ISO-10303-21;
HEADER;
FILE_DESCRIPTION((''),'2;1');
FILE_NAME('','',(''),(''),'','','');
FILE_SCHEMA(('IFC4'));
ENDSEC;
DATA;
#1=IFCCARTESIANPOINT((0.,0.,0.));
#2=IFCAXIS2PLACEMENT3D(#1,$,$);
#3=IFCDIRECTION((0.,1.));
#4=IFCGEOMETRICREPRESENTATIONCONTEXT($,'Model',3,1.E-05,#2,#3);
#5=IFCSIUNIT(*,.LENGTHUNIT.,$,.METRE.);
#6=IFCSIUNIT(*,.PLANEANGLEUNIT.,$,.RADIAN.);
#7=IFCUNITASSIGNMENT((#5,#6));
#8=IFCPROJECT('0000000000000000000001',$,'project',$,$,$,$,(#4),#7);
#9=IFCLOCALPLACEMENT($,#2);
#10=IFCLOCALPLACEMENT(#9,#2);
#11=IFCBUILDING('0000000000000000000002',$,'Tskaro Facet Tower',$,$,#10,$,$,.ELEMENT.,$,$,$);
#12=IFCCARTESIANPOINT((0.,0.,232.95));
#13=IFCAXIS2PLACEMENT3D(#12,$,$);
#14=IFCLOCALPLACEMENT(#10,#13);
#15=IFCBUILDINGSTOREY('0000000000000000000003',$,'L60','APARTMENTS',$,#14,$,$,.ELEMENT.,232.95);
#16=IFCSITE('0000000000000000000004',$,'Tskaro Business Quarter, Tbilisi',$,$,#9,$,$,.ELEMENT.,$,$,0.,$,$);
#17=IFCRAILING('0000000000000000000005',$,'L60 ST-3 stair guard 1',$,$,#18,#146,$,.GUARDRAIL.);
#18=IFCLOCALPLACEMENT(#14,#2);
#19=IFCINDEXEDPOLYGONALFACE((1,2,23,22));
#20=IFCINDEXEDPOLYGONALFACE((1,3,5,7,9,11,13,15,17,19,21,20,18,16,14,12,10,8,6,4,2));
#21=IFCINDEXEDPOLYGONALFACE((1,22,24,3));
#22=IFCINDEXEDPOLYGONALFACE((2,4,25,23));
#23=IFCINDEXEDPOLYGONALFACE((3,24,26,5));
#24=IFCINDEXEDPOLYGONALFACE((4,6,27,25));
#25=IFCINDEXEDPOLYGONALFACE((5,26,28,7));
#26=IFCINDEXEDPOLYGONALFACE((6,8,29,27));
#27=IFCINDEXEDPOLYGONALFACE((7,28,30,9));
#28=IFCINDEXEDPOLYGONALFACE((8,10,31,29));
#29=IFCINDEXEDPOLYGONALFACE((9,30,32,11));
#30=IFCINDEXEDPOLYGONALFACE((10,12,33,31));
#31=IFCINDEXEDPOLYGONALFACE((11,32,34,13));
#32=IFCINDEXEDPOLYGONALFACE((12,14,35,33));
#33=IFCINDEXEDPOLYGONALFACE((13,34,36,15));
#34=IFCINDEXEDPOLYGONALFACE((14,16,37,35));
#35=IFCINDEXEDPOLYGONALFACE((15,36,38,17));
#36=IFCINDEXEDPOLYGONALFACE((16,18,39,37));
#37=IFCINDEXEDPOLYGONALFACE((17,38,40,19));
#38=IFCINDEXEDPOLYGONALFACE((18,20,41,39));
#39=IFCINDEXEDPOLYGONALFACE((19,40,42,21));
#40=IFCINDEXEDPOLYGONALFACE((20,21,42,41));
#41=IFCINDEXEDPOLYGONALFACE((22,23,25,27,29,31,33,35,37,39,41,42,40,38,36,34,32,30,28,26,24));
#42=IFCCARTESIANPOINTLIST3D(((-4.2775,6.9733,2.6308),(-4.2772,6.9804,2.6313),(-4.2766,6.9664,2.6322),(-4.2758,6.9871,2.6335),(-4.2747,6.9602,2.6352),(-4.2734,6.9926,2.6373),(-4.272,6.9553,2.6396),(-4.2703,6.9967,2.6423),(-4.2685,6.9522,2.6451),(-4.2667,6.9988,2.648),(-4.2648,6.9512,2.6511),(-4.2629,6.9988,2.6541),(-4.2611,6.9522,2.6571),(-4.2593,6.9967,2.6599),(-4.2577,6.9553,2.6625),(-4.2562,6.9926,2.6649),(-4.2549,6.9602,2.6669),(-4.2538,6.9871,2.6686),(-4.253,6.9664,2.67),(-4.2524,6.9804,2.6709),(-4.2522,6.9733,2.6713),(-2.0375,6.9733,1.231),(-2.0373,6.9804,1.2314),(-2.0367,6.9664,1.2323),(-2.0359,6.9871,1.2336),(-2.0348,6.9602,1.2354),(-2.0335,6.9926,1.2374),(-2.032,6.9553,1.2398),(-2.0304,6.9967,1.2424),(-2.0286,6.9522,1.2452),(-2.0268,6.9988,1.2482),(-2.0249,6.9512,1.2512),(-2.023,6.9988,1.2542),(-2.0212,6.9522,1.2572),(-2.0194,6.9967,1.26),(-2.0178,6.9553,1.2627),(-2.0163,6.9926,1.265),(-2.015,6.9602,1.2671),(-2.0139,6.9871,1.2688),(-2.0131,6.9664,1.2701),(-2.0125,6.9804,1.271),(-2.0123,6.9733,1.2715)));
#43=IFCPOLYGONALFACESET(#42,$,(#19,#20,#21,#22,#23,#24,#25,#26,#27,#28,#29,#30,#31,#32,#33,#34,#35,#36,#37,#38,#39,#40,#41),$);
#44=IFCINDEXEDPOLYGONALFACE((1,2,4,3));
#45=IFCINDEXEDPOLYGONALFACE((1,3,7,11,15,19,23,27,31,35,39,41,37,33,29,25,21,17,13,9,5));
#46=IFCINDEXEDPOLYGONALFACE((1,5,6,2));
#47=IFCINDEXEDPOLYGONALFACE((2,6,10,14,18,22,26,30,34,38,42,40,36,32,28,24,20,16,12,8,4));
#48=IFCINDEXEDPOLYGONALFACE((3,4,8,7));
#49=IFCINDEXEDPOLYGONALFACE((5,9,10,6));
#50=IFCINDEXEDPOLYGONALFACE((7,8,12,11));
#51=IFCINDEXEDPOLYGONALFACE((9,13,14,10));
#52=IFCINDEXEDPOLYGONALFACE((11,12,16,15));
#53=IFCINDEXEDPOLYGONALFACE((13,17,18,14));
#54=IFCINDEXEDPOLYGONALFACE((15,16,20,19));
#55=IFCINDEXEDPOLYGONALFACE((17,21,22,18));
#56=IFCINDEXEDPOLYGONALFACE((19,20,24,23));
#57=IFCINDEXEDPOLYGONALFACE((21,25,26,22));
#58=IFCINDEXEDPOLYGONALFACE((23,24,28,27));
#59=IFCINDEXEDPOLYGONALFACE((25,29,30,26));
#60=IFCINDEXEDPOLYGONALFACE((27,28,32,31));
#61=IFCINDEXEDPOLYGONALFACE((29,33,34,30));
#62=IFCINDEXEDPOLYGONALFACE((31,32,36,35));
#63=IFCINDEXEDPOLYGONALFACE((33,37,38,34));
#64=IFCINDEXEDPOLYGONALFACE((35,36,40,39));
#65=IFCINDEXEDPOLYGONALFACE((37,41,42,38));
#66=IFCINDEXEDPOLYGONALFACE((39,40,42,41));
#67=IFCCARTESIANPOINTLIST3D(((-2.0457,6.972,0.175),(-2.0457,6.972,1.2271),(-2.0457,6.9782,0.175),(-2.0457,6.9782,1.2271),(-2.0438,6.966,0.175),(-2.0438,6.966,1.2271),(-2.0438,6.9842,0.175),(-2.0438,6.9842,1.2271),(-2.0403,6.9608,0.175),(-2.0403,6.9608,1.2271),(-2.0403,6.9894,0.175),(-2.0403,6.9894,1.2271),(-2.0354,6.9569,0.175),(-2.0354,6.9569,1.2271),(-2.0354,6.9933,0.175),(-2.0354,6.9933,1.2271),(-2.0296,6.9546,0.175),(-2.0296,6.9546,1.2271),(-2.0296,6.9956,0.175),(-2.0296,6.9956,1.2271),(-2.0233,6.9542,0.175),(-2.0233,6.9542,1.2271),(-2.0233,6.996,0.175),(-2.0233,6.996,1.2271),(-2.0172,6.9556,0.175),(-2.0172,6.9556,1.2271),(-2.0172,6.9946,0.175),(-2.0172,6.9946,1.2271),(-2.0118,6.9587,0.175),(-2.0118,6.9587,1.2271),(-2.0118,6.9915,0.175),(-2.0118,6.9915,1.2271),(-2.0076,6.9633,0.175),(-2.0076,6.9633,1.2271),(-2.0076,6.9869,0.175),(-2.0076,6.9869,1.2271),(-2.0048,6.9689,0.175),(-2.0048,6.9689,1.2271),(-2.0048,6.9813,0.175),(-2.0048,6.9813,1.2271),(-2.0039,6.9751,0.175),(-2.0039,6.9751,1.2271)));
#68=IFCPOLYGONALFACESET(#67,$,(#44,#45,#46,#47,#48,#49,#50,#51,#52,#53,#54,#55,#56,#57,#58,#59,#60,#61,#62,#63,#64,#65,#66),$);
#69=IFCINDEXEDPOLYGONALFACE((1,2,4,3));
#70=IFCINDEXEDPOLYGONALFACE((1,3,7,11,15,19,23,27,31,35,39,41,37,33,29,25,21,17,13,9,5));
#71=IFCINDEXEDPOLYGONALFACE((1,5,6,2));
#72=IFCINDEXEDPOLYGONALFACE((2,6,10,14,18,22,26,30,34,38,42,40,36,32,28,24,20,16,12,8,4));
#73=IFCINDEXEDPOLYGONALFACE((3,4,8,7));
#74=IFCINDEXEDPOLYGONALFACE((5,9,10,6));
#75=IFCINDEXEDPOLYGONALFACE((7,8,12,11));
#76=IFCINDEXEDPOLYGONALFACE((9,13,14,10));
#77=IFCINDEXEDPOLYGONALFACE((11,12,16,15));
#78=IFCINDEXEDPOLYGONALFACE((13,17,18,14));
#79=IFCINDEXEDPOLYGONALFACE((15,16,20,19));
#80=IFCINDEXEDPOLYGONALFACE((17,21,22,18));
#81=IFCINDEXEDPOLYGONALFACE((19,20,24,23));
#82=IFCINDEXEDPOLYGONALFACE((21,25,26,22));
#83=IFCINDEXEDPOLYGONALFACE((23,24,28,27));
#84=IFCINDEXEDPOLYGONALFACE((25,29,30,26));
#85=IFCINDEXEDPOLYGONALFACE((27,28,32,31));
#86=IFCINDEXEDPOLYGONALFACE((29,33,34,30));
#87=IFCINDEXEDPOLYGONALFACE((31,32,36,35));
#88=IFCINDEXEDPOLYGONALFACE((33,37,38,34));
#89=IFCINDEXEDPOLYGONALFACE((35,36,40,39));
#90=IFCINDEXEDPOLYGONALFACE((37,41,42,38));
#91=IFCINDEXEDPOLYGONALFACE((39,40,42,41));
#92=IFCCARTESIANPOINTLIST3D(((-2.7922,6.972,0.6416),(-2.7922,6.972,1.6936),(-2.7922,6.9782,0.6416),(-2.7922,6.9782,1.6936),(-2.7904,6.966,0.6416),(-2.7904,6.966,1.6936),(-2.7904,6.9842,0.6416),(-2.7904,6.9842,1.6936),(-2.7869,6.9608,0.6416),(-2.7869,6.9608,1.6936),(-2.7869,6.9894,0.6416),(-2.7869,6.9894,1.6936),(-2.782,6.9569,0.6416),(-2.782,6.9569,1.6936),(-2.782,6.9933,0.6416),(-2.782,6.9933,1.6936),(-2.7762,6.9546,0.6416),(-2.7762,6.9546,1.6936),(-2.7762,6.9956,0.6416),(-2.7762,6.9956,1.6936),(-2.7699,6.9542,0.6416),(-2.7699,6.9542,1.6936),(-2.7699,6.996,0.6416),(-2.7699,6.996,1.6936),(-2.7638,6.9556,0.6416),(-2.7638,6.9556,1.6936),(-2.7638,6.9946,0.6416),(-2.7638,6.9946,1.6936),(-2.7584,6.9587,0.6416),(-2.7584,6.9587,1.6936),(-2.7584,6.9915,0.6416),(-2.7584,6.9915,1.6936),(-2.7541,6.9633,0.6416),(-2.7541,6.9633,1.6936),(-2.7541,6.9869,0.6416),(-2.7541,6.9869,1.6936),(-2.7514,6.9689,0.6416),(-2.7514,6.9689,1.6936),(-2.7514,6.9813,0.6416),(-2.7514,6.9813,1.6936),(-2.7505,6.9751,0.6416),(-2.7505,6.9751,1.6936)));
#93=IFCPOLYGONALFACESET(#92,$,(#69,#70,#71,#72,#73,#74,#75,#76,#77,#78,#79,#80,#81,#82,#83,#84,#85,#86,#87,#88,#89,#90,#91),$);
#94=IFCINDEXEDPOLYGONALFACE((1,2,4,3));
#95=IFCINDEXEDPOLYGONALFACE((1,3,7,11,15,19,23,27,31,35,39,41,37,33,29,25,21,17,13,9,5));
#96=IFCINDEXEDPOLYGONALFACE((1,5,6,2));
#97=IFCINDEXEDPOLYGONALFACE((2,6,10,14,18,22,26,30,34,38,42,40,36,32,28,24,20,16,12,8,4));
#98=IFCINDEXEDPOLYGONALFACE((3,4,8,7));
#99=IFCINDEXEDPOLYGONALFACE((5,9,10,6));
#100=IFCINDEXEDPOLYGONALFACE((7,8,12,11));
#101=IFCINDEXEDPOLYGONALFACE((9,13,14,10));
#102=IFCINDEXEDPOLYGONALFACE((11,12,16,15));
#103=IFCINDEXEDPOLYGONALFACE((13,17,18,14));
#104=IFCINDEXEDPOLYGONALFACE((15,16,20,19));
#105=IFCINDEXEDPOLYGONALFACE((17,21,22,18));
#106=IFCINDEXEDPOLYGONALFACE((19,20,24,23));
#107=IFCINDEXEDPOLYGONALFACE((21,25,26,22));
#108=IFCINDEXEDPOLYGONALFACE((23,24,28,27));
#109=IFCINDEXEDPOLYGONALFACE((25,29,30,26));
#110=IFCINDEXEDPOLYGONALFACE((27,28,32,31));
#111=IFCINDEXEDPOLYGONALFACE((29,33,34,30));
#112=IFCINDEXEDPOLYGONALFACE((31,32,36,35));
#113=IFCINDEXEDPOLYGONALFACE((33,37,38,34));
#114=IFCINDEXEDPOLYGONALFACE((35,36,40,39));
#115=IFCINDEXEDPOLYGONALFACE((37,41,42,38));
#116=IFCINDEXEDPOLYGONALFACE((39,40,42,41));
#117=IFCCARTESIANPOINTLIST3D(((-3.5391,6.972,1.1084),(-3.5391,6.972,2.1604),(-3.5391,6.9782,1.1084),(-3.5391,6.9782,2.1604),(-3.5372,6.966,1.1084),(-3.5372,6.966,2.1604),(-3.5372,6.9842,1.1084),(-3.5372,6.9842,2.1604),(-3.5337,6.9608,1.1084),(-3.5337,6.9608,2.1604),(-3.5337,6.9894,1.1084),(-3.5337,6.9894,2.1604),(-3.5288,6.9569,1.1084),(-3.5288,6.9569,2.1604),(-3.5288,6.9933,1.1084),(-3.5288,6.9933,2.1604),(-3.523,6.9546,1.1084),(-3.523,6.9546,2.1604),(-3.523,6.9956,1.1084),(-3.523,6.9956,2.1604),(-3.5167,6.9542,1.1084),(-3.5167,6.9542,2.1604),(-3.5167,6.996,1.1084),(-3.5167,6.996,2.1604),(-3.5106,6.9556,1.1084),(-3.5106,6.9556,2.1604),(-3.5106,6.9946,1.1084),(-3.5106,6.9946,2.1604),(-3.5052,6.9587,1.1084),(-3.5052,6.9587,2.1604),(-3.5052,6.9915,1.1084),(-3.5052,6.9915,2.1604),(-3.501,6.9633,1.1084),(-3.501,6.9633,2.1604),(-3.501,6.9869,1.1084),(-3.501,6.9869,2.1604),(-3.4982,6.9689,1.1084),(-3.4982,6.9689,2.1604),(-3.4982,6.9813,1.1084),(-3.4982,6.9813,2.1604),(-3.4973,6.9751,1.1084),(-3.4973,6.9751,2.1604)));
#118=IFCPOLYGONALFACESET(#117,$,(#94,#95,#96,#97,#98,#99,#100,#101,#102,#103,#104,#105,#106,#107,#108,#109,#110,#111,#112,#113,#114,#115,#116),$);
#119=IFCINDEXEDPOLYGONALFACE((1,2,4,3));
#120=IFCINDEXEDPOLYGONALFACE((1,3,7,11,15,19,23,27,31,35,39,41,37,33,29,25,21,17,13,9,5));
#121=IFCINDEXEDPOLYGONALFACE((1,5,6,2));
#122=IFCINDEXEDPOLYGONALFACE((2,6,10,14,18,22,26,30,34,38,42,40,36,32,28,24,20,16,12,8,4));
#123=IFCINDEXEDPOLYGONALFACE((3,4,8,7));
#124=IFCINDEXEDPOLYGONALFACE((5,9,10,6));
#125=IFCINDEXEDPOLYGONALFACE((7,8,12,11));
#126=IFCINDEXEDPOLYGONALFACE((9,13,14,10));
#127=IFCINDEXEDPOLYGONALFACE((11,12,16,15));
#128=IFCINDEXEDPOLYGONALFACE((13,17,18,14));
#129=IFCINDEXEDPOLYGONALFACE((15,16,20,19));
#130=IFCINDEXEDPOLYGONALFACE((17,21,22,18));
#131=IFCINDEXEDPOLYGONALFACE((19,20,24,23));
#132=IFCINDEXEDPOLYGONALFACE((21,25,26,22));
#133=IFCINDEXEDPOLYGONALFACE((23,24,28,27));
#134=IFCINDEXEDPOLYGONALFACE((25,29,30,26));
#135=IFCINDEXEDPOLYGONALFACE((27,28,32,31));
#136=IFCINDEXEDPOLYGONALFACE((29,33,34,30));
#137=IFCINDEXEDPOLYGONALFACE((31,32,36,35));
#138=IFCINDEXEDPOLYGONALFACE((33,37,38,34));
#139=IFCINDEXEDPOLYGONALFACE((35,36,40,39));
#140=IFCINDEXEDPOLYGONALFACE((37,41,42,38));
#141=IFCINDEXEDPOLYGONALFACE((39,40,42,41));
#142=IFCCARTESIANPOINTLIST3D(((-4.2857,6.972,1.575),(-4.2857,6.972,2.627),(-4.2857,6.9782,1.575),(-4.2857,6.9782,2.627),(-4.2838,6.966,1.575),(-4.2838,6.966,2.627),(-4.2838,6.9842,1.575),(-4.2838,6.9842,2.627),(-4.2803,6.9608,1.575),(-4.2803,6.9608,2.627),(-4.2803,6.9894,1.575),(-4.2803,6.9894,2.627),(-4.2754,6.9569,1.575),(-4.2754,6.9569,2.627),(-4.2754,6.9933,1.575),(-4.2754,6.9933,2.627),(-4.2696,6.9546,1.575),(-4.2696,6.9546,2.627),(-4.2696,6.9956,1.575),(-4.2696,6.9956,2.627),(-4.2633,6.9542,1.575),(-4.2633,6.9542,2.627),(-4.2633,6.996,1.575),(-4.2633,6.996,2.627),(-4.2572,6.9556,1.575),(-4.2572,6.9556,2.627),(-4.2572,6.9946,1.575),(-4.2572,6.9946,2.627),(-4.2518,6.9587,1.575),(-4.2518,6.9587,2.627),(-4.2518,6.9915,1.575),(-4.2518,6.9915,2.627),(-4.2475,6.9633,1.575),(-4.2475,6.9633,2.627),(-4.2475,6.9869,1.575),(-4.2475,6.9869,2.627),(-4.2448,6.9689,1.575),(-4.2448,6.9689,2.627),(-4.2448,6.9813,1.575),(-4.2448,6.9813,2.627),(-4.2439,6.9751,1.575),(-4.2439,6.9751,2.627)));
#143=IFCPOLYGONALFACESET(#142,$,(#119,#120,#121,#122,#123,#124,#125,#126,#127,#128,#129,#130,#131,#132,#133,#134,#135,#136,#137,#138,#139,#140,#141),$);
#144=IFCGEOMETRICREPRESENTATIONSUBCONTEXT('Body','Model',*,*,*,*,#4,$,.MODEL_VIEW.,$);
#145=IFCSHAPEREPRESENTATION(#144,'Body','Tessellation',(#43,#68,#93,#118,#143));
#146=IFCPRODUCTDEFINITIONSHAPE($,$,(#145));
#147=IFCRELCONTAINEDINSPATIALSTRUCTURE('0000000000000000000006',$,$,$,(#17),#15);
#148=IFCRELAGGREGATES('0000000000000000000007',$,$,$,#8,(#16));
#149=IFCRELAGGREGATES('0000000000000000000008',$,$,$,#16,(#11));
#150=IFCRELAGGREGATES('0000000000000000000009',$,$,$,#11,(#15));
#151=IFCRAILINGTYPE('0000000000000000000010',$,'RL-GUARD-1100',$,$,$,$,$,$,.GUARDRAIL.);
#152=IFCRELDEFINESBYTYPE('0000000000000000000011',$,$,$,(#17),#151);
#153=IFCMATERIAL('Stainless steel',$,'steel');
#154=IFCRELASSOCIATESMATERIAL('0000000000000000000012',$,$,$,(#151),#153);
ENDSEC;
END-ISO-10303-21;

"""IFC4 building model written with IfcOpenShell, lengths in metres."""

from ifc_helpers import new_model, si_unit, direction, frame, origin, origin_2d, place, context, subcontext, project, spatial, circle, extrude, material, type_object, element, save


model = new_model("IFC4")

# Units and contexts
model_context = context("Model", 3, precision=1e-05, world=origin(), true_north=direction((0.0, 1.0)))
body_context = subcontext(model_context, "Body", "Model", "MODEL_VIEW")
ifc_project = project(units=[si_unit("LENGTHUNIT", "METRE"), si_unit("PLANEANGLEUNIT", "RADIAN")], contexts=[model_context])

# Site, building, storey
site_placement = place(None, origin())
site = spatial("IfcSite", under=ifc_project, at=site_placement, Name="Tskaro Business Quarter, Tbilisi", CompositionType="ELEMENT", RefElevation=0.0)
building_placement = place(site_placement, origin())
building = spatial("IfcBuilding", under=site, at=building_placement, Name="Tskaro Facet Tower", CompositionType="ELEMENT")
storey_placement = place(building_placement, frame((0.0, 0.0, 232.95)))
storey = spatial("IfcBuildingStorey", under=building, at=storey_placement, Name="L60", Description="APARTMENTS", CompositionType="ELEMENT", Elevation=232.95)

# Railing
ifc_material_1 = material(Name="Stainless steel", Category="steel")
railing_type_1 = type_object("IfcRailingType", Name="RL-GUARD-1100", PredefinedType="GUARDRAIL", material=ifc_material_1)
railing_1_placement = place(storey_placement, frame((-2.0249, 6.9751, 0.175)))
element("IfcRailing", 1, at=railing_1_placement, inside=storey, type_object=railing_type_1, Name="L60 ST-3 stair guard 1", PredefinedType="GUARDRAIL", context=body_context, shape_type="SweptSolid", body=[
    extrude(circle(Radius=0.0239, at=origin_2d()), frame((0.0, 0.0, 1.0762), z_axis=(-0.848014, 0.0, 0.529974), x_axis=(0.0, -1.0, 0.0)), (0.0, 0.0, 1.0), 2.6414),
    extrude(circle(Radius=0.021, at=origin_2d()), origin(), (0.0, 0.0, 1.0), 1.052),
    extrude(circle(Radius=0.021, at=origin_2d()), frame((-0.7466, 0.0, 0.4666)), (0.0, 0.0, 1.0), 1.052),
    extrude(circle(Radius=0.021, at=origin_2d()), frame((-1.4934, 0.0, 0.9333)), (0.0, 0.0, 1.0), 1.052),
    extrude(circle(Radius=0.021, at=origin_2d()), frame((-2.24, 0.0, 1.3999)), (0.0, 0.0, 1.0), 1.052),
])

save(model, "model.ifc")
